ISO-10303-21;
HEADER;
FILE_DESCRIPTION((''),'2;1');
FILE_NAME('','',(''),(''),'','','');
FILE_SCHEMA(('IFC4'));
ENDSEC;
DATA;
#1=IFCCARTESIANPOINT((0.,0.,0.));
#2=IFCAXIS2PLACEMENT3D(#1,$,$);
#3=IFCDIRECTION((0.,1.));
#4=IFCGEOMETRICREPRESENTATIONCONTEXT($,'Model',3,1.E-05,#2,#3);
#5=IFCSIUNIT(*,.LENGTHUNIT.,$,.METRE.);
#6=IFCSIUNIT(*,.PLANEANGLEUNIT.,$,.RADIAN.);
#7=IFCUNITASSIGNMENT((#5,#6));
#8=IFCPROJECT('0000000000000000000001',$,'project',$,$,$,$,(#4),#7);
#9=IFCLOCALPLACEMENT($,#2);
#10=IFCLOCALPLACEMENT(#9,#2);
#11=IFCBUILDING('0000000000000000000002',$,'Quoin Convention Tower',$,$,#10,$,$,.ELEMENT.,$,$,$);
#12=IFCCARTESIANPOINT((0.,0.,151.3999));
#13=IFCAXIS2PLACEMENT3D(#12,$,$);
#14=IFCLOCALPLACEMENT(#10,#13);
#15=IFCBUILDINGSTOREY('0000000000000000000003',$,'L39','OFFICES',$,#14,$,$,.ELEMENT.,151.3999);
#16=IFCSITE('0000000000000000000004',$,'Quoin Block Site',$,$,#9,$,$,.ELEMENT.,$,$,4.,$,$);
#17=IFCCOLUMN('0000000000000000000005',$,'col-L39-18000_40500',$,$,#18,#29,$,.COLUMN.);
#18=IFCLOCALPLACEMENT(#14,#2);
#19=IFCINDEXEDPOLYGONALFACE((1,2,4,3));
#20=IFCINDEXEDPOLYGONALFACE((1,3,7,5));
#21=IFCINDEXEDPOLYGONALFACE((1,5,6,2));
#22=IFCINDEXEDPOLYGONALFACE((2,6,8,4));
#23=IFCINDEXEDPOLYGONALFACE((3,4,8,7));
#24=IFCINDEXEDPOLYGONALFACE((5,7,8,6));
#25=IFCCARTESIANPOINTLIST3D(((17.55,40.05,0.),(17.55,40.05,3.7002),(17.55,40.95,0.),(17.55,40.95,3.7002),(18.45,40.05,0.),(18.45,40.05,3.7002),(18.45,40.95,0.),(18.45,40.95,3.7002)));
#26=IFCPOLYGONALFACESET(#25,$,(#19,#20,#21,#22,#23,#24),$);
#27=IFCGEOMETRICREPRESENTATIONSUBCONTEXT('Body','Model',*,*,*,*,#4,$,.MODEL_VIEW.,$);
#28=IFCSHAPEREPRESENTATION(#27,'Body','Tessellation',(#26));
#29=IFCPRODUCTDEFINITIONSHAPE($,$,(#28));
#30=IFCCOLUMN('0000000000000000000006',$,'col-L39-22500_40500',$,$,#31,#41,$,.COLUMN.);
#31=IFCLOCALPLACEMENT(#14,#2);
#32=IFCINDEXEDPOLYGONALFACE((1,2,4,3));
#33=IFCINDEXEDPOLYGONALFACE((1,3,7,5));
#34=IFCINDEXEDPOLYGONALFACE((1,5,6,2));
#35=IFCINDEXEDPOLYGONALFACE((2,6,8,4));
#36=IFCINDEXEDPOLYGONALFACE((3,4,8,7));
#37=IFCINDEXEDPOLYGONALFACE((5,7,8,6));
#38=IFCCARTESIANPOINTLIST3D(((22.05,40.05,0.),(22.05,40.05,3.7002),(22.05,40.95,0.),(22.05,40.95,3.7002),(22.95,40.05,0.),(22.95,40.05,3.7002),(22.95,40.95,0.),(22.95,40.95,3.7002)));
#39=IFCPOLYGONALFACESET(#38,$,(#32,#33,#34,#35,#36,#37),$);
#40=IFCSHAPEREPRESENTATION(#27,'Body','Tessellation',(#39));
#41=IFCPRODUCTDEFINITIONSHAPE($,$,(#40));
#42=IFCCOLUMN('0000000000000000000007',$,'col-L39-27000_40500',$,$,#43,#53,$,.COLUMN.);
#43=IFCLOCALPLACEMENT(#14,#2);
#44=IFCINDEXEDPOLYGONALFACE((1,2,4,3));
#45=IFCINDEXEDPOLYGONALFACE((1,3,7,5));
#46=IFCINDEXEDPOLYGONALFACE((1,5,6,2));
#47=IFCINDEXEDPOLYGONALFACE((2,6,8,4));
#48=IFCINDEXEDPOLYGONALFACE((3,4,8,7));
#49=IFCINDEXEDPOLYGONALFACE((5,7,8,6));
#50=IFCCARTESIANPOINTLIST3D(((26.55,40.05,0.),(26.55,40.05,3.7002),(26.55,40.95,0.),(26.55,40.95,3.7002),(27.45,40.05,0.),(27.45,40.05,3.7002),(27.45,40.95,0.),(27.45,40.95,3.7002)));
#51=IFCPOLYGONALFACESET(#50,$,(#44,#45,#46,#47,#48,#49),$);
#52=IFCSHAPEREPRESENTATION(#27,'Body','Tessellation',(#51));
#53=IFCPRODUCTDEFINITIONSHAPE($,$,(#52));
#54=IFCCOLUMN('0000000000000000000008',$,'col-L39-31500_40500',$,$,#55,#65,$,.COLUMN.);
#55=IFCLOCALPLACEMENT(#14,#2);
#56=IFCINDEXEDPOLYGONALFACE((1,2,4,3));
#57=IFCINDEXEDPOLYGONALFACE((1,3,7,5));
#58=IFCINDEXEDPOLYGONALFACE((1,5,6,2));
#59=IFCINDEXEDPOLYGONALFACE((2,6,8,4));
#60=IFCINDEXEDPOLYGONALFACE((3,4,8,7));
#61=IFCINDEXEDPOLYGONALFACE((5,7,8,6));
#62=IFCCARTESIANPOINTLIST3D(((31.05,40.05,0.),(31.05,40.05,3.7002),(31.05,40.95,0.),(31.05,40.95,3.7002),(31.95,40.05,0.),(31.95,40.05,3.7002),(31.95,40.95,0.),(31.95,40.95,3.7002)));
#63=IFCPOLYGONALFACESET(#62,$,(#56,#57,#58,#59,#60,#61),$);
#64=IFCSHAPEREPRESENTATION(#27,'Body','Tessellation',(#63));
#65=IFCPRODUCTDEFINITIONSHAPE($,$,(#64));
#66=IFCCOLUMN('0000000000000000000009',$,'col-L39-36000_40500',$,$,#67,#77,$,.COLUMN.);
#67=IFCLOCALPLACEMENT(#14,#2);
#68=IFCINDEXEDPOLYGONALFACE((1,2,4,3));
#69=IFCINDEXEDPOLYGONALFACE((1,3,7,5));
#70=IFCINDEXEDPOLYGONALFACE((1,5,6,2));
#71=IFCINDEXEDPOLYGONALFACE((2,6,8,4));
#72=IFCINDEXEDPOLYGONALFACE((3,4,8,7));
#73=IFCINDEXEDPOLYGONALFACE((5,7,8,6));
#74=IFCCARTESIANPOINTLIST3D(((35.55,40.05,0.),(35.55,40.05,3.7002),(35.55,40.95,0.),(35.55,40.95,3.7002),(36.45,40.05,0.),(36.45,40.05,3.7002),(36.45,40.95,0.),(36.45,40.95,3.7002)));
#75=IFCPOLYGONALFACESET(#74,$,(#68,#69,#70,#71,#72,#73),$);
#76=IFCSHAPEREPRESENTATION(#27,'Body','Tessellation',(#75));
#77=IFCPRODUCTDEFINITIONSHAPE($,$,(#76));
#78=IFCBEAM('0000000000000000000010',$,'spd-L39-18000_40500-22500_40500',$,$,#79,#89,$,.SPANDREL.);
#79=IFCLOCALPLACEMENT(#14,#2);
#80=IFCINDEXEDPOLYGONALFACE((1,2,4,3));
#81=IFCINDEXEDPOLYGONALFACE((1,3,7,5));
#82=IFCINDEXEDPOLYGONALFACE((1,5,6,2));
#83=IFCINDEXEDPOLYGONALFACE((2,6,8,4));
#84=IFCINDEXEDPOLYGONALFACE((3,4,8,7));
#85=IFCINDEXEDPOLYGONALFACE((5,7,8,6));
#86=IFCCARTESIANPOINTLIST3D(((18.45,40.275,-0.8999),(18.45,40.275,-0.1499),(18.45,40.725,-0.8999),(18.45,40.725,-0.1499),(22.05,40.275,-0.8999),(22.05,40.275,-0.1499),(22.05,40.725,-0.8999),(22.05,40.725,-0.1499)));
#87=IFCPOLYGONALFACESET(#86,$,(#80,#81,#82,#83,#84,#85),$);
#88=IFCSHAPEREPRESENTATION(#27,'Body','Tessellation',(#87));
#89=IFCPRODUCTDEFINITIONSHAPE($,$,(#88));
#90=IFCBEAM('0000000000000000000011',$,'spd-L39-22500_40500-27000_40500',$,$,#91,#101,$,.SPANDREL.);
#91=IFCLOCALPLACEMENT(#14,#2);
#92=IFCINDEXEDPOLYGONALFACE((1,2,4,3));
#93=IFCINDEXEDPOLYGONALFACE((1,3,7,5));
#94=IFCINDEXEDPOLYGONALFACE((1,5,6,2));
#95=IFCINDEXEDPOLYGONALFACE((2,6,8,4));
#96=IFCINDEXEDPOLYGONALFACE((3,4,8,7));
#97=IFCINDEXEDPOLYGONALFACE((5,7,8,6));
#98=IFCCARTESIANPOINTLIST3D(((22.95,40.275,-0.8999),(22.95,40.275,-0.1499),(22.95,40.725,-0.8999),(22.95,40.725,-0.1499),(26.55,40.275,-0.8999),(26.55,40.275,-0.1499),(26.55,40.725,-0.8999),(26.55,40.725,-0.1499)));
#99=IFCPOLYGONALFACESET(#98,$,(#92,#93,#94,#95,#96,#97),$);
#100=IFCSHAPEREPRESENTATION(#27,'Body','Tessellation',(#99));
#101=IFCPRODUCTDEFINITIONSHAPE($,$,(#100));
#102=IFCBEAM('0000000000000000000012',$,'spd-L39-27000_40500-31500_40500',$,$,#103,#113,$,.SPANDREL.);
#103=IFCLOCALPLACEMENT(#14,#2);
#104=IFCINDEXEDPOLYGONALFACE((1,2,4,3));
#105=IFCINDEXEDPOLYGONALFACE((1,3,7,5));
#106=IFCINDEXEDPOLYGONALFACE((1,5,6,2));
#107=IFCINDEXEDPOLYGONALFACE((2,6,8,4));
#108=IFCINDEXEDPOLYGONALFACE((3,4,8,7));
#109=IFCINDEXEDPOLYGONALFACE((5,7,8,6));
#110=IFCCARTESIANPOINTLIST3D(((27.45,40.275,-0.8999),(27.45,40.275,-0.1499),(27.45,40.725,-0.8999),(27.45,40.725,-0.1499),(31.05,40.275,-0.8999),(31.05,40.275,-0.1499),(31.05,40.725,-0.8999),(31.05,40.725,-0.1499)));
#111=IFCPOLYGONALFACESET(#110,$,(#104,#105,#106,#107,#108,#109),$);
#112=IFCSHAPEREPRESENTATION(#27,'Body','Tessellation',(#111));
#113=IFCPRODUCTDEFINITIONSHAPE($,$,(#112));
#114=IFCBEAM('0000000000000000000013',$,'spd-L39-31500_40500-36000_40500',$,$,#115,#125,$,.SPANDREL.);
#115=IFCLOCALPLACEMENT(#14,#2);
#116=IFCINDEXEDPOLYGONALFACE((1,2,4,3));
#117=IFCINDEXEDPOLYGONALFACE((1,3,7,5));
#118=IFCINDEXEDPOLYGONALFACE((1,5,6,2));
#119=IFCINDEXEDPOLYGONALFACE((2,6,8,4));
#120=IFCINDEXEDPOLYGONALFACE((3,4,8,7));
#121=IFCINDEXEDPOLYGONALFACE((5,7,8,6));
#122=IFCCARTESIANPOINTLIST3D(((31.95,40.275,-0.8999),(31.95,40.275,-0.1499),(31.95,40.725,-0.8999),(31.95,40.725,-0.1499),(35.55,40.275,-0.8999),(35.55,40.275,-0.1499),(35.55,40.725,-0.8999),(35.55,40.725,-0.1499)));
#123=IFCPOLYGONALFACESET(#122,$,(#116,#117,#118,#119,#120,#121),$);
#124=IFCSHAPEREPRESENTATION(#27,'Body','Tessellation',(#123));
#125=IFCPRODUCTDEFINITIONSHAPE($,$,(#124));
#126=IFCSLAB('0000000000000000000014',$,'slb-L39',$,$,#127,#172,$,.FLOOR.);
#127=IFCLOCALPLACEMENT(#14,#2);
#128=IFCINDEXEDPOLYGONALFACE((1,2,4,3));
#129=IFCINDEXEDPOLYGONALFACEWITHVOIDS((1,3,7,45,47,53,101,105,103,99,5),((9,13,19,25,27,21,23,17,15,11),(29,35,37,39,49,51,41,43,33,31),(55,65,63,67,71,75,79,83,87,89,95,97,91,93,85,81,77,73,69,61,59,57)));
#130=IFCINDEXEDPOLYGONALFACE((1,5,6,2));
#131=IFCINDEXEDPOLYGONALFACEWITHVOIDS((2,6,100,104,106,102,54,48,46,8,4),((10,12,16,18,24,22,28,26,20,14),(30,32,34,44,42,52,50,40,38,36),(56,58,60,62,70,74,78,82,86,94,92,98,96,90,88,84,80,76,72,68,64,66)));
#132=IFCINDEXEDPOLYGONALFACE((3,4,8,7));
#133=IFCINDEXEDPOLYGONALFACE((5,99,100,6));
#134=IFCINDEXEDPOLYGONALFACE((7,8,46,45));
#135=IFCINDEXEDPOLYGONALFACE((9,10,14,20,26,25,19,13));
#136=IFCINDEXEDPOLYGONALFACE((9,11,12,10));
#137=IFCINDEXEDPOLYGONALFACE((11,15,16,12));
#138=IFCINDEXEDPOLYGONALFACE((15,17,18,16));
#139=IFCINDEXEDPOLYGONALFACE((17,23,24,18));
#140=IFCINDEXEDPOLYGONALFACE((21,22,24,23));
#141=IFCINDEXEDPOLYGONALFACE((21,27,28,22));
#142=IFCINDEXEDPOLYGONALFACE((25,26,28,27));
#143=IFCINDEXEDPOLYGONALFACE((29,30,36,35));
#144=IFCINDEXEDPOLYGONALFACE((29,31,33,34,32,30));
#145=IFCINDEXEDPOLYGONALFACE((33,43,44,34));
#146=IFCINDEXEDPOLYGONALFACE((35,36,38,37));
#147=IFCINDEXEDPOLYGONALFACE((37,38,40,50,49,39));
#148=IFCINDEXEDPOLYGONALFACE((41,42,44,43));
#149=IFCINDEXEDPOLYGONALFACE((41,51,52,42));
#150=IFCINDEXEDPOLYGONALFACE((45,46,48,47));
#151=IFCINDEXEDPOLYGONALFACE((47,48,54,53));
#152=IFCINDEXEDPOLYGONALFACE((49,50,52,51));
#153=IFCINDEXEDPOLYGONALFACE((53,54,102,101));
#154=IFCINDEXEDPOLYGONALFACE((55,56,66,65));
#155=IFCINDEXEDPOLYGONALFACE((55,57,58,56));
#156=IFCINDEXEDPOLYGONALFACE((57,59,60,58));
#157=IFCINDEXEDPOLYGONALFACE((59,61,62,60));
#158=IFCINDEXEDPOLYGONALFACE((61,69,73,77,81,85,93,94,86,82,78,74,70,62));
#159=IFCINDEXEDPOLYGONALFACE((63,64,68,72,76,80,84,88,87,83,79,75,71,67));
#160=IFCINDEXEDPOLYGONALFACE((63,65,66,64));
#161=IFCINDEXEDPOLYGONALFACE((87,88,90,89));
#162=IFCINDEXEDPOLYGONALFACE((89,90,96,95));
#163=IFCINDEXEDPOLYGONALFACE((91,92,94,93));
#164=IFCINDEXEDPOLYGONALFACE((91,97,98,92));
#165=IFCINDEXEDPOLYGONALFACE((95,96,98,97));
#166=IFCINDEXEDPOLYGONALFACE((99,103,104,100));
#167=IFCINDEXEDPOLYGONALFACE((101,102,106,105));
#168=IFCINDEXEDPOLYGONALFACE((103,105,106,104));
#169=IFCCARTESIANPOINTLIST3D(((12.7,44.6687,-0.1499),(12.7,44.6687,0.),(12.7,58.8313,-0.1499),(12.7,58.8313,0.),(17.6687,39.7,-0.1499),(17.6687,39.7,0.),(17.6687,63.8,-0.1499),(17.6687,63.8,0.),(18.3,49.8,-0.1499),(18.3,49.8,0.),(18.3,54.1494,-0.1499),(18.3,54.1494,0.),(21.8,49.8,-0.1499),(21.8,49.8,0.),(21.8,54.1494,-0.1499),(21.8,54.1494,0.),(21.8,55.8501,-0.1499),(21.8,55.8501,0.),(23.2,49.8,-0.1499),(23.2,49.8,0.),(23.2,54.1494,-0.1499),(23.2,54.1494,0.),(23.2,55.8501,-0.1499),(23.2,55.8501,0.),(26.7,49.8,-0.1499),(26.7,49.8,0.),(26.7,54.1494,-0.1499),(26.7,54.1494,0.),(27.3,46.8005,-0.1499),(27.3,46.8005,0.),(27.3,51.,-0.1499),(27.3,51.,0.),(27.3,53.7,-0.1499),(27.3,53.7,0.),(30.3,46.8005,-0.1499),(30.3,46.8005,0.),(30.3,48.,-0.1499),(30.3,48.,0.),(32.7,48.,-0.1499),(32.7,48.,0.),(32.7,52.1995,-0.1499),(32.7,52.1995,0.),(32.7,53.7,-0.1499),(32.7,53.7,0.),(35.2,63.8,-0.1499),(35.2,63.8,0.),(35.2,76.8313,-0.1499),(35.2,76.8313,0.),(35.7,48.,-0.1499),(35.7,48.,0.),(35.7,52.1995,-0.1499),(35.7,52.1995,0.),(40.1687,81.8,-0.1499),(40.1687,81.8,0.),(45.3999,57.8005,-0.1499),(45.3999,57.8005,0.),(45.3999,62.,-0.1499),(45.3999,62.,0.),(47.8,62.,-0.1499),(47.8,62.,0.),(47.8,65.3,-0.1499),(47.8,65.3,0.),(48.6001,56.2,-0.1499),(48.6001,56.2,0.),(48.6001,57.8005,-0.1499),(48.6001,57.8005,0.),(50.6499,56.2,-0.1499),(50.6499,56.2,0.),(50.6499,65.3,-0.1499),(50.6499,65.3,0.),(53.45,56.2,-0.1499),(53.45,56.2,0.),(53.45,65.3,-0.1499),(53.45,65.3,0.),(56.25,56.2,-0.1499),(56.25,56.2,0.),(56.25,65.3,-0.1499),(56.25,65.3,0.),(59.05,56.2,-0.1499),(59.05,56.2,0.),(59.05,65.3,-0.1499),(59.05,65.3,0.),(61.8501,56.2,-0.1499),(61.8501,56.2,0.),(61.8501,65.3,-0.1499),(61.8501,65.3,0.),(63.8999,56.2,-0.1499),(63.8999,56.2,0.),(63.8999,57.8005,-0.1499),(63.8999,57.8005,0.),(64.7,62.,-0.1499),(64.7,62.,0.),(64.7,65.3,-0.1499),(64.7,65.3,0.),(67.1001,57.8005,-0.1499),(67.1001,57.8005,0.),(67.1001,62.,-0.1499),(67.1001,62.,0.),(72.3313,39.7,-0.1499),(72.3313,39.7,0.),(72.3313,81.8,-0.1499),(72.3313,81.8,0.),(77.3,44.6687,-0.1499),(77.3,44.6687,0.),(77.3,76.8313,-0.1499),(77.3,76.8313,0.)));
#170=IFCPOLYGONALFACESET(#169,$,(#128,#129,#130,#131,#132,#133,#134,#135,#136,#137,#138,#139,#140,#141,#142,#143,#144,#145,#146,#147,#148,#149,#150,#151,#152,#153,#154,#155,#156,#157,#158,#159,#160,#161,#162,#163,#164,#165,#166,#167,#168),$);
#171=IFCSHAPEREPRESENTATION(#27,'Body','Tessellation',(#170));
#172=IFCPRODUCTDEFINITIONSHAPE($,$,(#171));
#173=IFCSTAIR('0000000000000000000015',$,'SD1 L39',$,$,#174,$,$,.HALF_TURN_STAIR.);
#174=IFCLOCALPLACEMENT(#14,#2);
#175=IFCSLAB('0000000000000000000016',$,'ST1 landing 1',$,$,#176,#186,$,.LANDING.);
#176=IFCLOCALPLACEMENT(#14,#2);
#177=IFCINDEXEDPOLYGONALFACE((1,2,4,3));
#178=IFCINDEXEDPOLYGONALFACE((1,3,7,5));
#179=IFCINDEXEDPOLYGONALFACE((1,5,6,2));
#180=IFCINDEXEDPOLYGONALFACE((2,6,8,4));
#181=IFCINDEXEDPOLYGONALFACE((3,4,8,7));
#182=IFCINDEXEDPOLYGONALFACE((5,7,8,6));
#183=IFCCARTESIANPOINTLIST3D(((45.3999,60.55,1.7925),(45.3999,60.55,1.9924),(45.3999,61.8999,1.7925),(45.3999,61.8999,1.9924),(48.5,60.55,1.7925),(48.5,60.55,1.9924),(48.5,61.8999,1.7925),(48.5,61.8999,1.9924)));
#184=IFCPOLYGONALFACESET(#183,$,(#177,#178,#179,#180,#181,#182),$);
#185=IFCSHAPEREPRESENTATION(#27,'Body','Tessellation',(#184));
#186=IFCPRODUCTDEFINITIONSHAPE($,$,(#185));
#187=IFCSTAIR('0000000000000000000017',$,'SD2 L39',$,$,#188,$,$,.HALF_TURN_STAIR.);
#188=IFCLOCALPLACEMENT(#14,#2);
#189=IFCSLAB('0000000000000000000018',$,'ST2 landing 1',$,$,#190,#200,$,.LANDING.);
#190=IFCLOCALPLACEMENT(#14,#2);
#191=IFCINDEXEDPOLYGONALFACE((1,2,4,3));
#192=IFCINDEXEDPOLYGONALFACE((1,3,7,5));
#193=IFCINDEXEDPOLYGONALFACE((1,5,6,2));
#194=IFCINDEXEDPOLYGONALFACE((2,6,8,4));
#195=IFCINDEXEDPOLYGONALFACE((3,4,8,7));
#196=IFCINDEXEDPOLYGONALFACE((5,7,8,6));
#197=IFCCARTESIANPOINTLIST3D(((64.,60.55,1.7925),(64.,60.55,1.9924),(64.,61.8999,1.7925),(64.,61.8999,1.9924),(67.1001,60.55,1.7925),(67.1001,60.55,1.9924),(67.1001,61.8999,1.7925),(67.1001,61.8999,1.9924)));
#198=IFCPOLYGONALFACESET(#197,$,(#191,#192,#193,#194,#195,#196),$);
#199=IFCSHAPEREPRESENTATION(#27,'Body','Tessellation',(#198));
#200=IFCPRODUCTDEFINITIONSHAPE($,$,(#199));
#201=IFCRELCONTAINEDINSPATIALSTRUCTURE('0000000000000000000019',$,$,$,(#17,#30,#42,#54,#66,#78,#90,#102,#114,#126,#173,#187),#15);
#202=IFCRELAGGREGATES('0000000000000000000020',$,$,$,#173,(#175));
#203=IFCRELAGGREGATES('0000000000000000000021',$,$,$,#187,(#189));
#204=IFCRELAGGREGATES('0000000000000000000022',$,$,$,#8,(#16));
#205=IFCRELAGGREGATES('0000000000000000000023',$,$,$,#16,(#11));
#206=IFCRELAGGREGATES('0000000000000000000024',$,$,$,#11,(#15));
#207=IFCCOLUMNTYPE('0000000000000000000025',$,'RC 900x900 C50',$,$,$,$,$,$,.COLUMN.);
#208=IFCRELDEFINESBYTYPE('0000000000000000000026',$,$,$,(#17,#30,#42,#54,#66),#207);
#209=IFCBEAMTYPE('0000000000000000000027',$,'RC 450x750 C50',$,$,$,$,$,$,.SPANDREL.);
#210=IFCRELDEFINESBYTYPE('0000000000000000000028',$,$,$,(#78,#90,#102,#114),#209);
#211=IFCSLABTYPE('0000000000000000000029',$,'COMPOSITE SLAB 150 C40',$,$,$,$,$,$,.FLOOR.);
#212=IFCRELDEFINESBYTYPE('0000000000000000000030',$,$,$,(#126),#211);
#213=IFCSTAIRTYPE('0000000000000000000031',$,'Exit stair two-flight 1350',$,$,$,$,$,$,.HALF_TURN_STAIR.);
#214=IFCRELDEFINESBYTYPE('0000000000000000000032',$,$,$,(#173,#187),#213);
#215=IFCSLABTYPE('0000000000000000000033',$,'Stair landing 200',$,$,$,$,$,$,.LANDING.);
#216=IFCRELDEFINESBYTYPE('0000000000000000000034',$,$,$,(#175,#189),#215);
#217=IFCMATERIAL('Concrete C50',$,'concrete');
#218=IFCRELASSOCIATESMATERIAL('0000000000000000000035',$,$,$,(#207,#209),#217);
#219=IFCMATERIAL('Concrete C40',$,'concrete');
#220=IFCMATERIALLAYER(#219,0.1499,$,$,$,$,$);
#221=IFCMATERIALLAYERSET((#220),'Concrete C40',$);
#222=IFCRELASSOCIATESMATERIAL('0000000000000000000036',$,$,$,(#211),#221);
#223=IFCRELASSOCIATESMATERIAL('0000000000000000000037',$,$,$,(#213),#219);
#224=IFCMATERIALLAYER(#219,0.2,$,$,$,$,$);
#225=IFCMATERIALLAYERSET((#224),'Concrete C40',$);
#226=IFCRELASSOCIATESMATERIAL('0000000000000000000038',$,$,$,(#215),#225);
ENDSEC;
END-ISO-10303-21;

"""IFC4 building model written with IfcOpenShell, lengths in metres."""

from ifc_helpers import new_model, si_unit, direction, frame, origin, origin_2d, place, context, subcontext, project, spatial, polyline, rectangle, outline, extrude, material, layer, layer_set, material_profile, profile_set, type_object, element, aggregate, save


model = new_model("IFC4")

# Units and contexts
model_context = context("Model", 3, precision=1e-05, world=origin(), true_north=direction((0.0, 1.0)))
body_context = subcontext(model_context, "Body", "Model", "MODEL_VIEW")
ifc_project = project(units=[si_unit("LENGTHUNIT", "METRE"), si_unit("PLANEANGLEUNIT", "RADIAN")], contexts=[model_context])

# Site, building, storey
site_placement = place(None, origin())
site = spatial("IfcSite", under=ifc_project, at=site_placement, Name="Quoin Block Site", CompositionType="ELEMENT", RefElevation=4.0)
building_placement = place(site_placement, origin())
building = spatial("IfcBuilding", under=site, at=building_placement, Name="Quoin Convention Tower", CompositionType="ELEMENT")
storey_placement = place(building_placement, frame((0.0, 0.0, 151.3999)))
storey = spatial("IfcBuildingStorey", under=building, at=storey_placement, Name="L39", Description="OFFICES", CompositionType="ELEMENT", Elevation=151.3999)

# Columns
ifc_material_1 = material(Name="Concrete C50", Category="concrete")
ifc_material_profile_1 = material_profile(ifc_material_1, rectangle(XDim=0.8999, YDim=0.8999, at=origin_2d()), Name="RC 900x900")
ifc_profile_set_1 = profile_set([ifc_material_profile_1], Name="Concrete C50")
column_type = type_object("IfcColumnType", Name="RC 900x900 C50", PredefinedType="COLUMN", material=ifc_profile_set_1)
for number, where, z_axis, x_axis, name in (
    (1, (18.0, 40.5, 0.0), (0.0, 0.0, 1.0), (1.0, 0.0, 0.0), "col-L39-18000_40500"),
    (2, (22.5, 40.5, 0.0), (0.0, 0.0, 1.0), (1.0, 0.0, 0.0), "col-L39-22500_40500"),
    (3, (27.0, 40.5, 0.0), (0.0, 0.0, 1.0), (1.0, 0.0, 0.0), "col-L39-27000_40500"),
    (4, (31.5, 40.5, 0.0), (0.0, 0.0, 1.0), (1.0, 0.0, 0.0), "col-L39-31500_40500"),
    (5, (36.0, 40.5, 0.0), (0.0, 0.0, 1.0), (1.0, 0.0, 0.0), "col-L39-36000_40500"),
):
    element("IfcColumn", number, at=place(storey_placement, frame(where, z_axis=z_axis, x_axis=x_axis)), inside=storey, type_object=column_type, Name=name, PredefinedType="COLUMN", context=body_context, shape_type="SweptSolid", body=[
        extrude(rectangle(XDim=0.8999, YDim=0.8999, at=origin_2d()), origin(), (0.0, 0.0, 1.0), 3.7002),
    ])

# Beams
ifc_material_profile_2 = material_profile(ifc_material_1, rectangle(XDim=0.45, YDim=0.75, at=origin_2d()), Name="RC 450x750")
ifc_profile_set_2 = profile_set([ifc_material_profile_2], Name="Concrete C50")
beam_type = type_object("IfcBeamType", Name="RC 450x750 C50", PredefinedType="SPANDREL", material=ifc_profile_set_2)
for number, where, z_axis, x_axis, name in (
    (6, (18.45, 40.5, -0.5249), (1.0, 0.0, 0.0), (0.0, 1.0, 0.0), "spd-L39-18000_40500-22500_40500"),
    (7, (22.95, 40.5, -0.5249), (1.0, 0.0, 0.0), (0.0, 1.0, 0.0), "spd-L39-22500_40500-27000_40500"),
    (8, (27.45, 40.5, -0.5249), (1.0, 0.0, 0.0), (0.0, 1.0, 0.0), "spd-L39-27000_40500-31500_40500"),
    (9, (31.95, 40.5, -0.5249), (1.0, 0.0, 0.0), (0.0, 1.0, 0.0), "spd-L39-31500_40500-36000_40500"),
):
    element("IfcBeam", number, at=place(storey_placement, frame(where, z_axis=z_axis, x_axis=x_axis)), inside=storey, type_object=beam_type, Name=name, PredefinedType="SPANDREL", context=body_context, shape_type="SweptSolid", body=[
        extrude(rectangle(XDim=0.45, YDim=0.75, at=origin_2d()), origin(), (0.0, 0.0, 1.0), 3.6001),
    ])

# Slab
ifc_material_2 = material(Name="Concrete C40", Category="concrete")
ifc_layer_1 = layer(ifc_material_2, 0.1499)
ifc_layer_set_1 = layer_set([ifc_layer_1], Name="Concrete C40")
slab_type_1 = type_object("IfcSlabType", Name="COMPOSITE SLAB 150 C40", PredefinedType="FLOOR", material=ifc_layer_set_1)
slab_1_placement = place(storey_placement, frame((0.0, 0.0, -0.1499)))
element("IfcSlab", 10, at=slab_1_placement, inside=storey, type_object=slab_type_1, Name="slb-L39", PredefinedType="FLOOR", context=body_context, shape_type="SweptSolid", body=[
    extrude(outline(polyline([(17.6687, 39.7), (12.7, 44.6687), (12.7, 58.8313), (17.6687, 63.8), (35.2, 63.8), (35.2, 76.8313), (40.1687, 81.8), (72.3313, 81.8), (77.3, 76.8313), (77.3, 44.6687), (72.3313, 39.7), (17.6687, 39.7)]), holes=[polyline([(27.3, 51.0), (27.3, 46.8005), (30.3, 46.8005), (30.3, 48.0), (32.7, 48.0), (35.7, 48.0), (35.7, 52.1995), (32.7, 52.1995), (32.7, 53.7), (27.3, 53.7), (27.3, 51.0)]), polyline([(18.3, 49.8), (21.8, 49.8), (23.2, 49.8), (26.7, 49.8), (26.7, 54.1494), (23.2, 54.1494), (23.2, 55.8501), (21.8, 55.8501), (21.8, 54.1494), (18.3, 54.1494), (18.3, 49.8)]), polyline([(48.6001, 56.2), (50.6499, 56.2), (53.45, 56.2), (56.25, 56.2), (59.05, 56.2), (61.8501, 56.2), (63.8999, 56.2), (63.8999, 57.8005), (67.1001, 57.8005), (67.1001, 62.0), (64.7, 62.0), (64.7, 65.3), (61.8501, 65.3), (59.05, 65.3), (56.25, 65.3), (53.45, 65.3), (50.6499, 65.3), (47.8, 65.3), (47.8, 62.0), (45.3999, 62.0), (45.3999, 57.8005), (48.6001, 57.8005), (48.6001, 56.2)])]), origin(), (0.0, 0.0, 1.0), 0.1499),
])

# Stairs, slabs
stair_type_1 = type_object("IfcStairType", Name="Exit stair two-flight 1350", PredefinedType="HALF_TURN_STAIR", material=ifc_material_2)
stair_1_placement = place(storey_placement, origin())
stair_1 = element("IfcStair", 11, at=stair_1_placement, inside=storey, type_object=stair_type_1, Name="SD1 L39", PredefinedType="HALF_TURN_STAIR")
ifc_layer_2 = layer(ifc_material_2, 0.2)
ifc_layer_set_2 = layer_set([ifc_layer_2], Name="Concrete C40")
slab_type_2 = type_object("IfcSlabType", Name="Stair landing 200", PredefinedType="LANDING", material=ifc_layer_set_2)
slab_2_placement = place(storey_placement, frame((0.0, 0.0, 1.7925)))
slab_2 = element("IfcSlab", 12, at=slab_2_placement, type_object=slab_type_2, Name="ST1 landing 1", PredefinedType="LANDING", context=body_context, shape_type="SweptSolid", body=[
    extrude(outline(polyline([(45.3999, 60.55), (48.5, 60.55), (48.5, 61.8999), (45.3999, 61.8999), (45.3999, 60.55)])), origin(), (0.0, 0.0, 1.0), 0.2),
])
aggregate(stair_1, [slab_2])
stair_2_placement = place(storey_placement, origin())
stair_2 = element("IfcStair", 13, at=stair_2_placement, inside=storey, type_object=stair_type_1, Name="SD2 L39", PredefinedType="HALF_TURN_STAIR")
slab_3_placement = place(storey_placement, frame((0.0, 0.0, 1.7925)))
slab_3 = element("IfcSlab", 14, at=slab_3_placement, type_object=slab_type_2, Name="ST2 landing 1", PredefinedType="LANDING", context=body_context, shape_type="SweptSolid", body=[
    extrude(outline(polyline([(64.0, 60.55), (67.1001, 60.55), (67.1001, 61.8999), (64.0, 61.8999), (64.0, 60.55)])), origin(), (0.0, 0.0, 1.0), 0.2),
])
aggregate(stair_2, [slab_3])

save(model, "model.ifc")
